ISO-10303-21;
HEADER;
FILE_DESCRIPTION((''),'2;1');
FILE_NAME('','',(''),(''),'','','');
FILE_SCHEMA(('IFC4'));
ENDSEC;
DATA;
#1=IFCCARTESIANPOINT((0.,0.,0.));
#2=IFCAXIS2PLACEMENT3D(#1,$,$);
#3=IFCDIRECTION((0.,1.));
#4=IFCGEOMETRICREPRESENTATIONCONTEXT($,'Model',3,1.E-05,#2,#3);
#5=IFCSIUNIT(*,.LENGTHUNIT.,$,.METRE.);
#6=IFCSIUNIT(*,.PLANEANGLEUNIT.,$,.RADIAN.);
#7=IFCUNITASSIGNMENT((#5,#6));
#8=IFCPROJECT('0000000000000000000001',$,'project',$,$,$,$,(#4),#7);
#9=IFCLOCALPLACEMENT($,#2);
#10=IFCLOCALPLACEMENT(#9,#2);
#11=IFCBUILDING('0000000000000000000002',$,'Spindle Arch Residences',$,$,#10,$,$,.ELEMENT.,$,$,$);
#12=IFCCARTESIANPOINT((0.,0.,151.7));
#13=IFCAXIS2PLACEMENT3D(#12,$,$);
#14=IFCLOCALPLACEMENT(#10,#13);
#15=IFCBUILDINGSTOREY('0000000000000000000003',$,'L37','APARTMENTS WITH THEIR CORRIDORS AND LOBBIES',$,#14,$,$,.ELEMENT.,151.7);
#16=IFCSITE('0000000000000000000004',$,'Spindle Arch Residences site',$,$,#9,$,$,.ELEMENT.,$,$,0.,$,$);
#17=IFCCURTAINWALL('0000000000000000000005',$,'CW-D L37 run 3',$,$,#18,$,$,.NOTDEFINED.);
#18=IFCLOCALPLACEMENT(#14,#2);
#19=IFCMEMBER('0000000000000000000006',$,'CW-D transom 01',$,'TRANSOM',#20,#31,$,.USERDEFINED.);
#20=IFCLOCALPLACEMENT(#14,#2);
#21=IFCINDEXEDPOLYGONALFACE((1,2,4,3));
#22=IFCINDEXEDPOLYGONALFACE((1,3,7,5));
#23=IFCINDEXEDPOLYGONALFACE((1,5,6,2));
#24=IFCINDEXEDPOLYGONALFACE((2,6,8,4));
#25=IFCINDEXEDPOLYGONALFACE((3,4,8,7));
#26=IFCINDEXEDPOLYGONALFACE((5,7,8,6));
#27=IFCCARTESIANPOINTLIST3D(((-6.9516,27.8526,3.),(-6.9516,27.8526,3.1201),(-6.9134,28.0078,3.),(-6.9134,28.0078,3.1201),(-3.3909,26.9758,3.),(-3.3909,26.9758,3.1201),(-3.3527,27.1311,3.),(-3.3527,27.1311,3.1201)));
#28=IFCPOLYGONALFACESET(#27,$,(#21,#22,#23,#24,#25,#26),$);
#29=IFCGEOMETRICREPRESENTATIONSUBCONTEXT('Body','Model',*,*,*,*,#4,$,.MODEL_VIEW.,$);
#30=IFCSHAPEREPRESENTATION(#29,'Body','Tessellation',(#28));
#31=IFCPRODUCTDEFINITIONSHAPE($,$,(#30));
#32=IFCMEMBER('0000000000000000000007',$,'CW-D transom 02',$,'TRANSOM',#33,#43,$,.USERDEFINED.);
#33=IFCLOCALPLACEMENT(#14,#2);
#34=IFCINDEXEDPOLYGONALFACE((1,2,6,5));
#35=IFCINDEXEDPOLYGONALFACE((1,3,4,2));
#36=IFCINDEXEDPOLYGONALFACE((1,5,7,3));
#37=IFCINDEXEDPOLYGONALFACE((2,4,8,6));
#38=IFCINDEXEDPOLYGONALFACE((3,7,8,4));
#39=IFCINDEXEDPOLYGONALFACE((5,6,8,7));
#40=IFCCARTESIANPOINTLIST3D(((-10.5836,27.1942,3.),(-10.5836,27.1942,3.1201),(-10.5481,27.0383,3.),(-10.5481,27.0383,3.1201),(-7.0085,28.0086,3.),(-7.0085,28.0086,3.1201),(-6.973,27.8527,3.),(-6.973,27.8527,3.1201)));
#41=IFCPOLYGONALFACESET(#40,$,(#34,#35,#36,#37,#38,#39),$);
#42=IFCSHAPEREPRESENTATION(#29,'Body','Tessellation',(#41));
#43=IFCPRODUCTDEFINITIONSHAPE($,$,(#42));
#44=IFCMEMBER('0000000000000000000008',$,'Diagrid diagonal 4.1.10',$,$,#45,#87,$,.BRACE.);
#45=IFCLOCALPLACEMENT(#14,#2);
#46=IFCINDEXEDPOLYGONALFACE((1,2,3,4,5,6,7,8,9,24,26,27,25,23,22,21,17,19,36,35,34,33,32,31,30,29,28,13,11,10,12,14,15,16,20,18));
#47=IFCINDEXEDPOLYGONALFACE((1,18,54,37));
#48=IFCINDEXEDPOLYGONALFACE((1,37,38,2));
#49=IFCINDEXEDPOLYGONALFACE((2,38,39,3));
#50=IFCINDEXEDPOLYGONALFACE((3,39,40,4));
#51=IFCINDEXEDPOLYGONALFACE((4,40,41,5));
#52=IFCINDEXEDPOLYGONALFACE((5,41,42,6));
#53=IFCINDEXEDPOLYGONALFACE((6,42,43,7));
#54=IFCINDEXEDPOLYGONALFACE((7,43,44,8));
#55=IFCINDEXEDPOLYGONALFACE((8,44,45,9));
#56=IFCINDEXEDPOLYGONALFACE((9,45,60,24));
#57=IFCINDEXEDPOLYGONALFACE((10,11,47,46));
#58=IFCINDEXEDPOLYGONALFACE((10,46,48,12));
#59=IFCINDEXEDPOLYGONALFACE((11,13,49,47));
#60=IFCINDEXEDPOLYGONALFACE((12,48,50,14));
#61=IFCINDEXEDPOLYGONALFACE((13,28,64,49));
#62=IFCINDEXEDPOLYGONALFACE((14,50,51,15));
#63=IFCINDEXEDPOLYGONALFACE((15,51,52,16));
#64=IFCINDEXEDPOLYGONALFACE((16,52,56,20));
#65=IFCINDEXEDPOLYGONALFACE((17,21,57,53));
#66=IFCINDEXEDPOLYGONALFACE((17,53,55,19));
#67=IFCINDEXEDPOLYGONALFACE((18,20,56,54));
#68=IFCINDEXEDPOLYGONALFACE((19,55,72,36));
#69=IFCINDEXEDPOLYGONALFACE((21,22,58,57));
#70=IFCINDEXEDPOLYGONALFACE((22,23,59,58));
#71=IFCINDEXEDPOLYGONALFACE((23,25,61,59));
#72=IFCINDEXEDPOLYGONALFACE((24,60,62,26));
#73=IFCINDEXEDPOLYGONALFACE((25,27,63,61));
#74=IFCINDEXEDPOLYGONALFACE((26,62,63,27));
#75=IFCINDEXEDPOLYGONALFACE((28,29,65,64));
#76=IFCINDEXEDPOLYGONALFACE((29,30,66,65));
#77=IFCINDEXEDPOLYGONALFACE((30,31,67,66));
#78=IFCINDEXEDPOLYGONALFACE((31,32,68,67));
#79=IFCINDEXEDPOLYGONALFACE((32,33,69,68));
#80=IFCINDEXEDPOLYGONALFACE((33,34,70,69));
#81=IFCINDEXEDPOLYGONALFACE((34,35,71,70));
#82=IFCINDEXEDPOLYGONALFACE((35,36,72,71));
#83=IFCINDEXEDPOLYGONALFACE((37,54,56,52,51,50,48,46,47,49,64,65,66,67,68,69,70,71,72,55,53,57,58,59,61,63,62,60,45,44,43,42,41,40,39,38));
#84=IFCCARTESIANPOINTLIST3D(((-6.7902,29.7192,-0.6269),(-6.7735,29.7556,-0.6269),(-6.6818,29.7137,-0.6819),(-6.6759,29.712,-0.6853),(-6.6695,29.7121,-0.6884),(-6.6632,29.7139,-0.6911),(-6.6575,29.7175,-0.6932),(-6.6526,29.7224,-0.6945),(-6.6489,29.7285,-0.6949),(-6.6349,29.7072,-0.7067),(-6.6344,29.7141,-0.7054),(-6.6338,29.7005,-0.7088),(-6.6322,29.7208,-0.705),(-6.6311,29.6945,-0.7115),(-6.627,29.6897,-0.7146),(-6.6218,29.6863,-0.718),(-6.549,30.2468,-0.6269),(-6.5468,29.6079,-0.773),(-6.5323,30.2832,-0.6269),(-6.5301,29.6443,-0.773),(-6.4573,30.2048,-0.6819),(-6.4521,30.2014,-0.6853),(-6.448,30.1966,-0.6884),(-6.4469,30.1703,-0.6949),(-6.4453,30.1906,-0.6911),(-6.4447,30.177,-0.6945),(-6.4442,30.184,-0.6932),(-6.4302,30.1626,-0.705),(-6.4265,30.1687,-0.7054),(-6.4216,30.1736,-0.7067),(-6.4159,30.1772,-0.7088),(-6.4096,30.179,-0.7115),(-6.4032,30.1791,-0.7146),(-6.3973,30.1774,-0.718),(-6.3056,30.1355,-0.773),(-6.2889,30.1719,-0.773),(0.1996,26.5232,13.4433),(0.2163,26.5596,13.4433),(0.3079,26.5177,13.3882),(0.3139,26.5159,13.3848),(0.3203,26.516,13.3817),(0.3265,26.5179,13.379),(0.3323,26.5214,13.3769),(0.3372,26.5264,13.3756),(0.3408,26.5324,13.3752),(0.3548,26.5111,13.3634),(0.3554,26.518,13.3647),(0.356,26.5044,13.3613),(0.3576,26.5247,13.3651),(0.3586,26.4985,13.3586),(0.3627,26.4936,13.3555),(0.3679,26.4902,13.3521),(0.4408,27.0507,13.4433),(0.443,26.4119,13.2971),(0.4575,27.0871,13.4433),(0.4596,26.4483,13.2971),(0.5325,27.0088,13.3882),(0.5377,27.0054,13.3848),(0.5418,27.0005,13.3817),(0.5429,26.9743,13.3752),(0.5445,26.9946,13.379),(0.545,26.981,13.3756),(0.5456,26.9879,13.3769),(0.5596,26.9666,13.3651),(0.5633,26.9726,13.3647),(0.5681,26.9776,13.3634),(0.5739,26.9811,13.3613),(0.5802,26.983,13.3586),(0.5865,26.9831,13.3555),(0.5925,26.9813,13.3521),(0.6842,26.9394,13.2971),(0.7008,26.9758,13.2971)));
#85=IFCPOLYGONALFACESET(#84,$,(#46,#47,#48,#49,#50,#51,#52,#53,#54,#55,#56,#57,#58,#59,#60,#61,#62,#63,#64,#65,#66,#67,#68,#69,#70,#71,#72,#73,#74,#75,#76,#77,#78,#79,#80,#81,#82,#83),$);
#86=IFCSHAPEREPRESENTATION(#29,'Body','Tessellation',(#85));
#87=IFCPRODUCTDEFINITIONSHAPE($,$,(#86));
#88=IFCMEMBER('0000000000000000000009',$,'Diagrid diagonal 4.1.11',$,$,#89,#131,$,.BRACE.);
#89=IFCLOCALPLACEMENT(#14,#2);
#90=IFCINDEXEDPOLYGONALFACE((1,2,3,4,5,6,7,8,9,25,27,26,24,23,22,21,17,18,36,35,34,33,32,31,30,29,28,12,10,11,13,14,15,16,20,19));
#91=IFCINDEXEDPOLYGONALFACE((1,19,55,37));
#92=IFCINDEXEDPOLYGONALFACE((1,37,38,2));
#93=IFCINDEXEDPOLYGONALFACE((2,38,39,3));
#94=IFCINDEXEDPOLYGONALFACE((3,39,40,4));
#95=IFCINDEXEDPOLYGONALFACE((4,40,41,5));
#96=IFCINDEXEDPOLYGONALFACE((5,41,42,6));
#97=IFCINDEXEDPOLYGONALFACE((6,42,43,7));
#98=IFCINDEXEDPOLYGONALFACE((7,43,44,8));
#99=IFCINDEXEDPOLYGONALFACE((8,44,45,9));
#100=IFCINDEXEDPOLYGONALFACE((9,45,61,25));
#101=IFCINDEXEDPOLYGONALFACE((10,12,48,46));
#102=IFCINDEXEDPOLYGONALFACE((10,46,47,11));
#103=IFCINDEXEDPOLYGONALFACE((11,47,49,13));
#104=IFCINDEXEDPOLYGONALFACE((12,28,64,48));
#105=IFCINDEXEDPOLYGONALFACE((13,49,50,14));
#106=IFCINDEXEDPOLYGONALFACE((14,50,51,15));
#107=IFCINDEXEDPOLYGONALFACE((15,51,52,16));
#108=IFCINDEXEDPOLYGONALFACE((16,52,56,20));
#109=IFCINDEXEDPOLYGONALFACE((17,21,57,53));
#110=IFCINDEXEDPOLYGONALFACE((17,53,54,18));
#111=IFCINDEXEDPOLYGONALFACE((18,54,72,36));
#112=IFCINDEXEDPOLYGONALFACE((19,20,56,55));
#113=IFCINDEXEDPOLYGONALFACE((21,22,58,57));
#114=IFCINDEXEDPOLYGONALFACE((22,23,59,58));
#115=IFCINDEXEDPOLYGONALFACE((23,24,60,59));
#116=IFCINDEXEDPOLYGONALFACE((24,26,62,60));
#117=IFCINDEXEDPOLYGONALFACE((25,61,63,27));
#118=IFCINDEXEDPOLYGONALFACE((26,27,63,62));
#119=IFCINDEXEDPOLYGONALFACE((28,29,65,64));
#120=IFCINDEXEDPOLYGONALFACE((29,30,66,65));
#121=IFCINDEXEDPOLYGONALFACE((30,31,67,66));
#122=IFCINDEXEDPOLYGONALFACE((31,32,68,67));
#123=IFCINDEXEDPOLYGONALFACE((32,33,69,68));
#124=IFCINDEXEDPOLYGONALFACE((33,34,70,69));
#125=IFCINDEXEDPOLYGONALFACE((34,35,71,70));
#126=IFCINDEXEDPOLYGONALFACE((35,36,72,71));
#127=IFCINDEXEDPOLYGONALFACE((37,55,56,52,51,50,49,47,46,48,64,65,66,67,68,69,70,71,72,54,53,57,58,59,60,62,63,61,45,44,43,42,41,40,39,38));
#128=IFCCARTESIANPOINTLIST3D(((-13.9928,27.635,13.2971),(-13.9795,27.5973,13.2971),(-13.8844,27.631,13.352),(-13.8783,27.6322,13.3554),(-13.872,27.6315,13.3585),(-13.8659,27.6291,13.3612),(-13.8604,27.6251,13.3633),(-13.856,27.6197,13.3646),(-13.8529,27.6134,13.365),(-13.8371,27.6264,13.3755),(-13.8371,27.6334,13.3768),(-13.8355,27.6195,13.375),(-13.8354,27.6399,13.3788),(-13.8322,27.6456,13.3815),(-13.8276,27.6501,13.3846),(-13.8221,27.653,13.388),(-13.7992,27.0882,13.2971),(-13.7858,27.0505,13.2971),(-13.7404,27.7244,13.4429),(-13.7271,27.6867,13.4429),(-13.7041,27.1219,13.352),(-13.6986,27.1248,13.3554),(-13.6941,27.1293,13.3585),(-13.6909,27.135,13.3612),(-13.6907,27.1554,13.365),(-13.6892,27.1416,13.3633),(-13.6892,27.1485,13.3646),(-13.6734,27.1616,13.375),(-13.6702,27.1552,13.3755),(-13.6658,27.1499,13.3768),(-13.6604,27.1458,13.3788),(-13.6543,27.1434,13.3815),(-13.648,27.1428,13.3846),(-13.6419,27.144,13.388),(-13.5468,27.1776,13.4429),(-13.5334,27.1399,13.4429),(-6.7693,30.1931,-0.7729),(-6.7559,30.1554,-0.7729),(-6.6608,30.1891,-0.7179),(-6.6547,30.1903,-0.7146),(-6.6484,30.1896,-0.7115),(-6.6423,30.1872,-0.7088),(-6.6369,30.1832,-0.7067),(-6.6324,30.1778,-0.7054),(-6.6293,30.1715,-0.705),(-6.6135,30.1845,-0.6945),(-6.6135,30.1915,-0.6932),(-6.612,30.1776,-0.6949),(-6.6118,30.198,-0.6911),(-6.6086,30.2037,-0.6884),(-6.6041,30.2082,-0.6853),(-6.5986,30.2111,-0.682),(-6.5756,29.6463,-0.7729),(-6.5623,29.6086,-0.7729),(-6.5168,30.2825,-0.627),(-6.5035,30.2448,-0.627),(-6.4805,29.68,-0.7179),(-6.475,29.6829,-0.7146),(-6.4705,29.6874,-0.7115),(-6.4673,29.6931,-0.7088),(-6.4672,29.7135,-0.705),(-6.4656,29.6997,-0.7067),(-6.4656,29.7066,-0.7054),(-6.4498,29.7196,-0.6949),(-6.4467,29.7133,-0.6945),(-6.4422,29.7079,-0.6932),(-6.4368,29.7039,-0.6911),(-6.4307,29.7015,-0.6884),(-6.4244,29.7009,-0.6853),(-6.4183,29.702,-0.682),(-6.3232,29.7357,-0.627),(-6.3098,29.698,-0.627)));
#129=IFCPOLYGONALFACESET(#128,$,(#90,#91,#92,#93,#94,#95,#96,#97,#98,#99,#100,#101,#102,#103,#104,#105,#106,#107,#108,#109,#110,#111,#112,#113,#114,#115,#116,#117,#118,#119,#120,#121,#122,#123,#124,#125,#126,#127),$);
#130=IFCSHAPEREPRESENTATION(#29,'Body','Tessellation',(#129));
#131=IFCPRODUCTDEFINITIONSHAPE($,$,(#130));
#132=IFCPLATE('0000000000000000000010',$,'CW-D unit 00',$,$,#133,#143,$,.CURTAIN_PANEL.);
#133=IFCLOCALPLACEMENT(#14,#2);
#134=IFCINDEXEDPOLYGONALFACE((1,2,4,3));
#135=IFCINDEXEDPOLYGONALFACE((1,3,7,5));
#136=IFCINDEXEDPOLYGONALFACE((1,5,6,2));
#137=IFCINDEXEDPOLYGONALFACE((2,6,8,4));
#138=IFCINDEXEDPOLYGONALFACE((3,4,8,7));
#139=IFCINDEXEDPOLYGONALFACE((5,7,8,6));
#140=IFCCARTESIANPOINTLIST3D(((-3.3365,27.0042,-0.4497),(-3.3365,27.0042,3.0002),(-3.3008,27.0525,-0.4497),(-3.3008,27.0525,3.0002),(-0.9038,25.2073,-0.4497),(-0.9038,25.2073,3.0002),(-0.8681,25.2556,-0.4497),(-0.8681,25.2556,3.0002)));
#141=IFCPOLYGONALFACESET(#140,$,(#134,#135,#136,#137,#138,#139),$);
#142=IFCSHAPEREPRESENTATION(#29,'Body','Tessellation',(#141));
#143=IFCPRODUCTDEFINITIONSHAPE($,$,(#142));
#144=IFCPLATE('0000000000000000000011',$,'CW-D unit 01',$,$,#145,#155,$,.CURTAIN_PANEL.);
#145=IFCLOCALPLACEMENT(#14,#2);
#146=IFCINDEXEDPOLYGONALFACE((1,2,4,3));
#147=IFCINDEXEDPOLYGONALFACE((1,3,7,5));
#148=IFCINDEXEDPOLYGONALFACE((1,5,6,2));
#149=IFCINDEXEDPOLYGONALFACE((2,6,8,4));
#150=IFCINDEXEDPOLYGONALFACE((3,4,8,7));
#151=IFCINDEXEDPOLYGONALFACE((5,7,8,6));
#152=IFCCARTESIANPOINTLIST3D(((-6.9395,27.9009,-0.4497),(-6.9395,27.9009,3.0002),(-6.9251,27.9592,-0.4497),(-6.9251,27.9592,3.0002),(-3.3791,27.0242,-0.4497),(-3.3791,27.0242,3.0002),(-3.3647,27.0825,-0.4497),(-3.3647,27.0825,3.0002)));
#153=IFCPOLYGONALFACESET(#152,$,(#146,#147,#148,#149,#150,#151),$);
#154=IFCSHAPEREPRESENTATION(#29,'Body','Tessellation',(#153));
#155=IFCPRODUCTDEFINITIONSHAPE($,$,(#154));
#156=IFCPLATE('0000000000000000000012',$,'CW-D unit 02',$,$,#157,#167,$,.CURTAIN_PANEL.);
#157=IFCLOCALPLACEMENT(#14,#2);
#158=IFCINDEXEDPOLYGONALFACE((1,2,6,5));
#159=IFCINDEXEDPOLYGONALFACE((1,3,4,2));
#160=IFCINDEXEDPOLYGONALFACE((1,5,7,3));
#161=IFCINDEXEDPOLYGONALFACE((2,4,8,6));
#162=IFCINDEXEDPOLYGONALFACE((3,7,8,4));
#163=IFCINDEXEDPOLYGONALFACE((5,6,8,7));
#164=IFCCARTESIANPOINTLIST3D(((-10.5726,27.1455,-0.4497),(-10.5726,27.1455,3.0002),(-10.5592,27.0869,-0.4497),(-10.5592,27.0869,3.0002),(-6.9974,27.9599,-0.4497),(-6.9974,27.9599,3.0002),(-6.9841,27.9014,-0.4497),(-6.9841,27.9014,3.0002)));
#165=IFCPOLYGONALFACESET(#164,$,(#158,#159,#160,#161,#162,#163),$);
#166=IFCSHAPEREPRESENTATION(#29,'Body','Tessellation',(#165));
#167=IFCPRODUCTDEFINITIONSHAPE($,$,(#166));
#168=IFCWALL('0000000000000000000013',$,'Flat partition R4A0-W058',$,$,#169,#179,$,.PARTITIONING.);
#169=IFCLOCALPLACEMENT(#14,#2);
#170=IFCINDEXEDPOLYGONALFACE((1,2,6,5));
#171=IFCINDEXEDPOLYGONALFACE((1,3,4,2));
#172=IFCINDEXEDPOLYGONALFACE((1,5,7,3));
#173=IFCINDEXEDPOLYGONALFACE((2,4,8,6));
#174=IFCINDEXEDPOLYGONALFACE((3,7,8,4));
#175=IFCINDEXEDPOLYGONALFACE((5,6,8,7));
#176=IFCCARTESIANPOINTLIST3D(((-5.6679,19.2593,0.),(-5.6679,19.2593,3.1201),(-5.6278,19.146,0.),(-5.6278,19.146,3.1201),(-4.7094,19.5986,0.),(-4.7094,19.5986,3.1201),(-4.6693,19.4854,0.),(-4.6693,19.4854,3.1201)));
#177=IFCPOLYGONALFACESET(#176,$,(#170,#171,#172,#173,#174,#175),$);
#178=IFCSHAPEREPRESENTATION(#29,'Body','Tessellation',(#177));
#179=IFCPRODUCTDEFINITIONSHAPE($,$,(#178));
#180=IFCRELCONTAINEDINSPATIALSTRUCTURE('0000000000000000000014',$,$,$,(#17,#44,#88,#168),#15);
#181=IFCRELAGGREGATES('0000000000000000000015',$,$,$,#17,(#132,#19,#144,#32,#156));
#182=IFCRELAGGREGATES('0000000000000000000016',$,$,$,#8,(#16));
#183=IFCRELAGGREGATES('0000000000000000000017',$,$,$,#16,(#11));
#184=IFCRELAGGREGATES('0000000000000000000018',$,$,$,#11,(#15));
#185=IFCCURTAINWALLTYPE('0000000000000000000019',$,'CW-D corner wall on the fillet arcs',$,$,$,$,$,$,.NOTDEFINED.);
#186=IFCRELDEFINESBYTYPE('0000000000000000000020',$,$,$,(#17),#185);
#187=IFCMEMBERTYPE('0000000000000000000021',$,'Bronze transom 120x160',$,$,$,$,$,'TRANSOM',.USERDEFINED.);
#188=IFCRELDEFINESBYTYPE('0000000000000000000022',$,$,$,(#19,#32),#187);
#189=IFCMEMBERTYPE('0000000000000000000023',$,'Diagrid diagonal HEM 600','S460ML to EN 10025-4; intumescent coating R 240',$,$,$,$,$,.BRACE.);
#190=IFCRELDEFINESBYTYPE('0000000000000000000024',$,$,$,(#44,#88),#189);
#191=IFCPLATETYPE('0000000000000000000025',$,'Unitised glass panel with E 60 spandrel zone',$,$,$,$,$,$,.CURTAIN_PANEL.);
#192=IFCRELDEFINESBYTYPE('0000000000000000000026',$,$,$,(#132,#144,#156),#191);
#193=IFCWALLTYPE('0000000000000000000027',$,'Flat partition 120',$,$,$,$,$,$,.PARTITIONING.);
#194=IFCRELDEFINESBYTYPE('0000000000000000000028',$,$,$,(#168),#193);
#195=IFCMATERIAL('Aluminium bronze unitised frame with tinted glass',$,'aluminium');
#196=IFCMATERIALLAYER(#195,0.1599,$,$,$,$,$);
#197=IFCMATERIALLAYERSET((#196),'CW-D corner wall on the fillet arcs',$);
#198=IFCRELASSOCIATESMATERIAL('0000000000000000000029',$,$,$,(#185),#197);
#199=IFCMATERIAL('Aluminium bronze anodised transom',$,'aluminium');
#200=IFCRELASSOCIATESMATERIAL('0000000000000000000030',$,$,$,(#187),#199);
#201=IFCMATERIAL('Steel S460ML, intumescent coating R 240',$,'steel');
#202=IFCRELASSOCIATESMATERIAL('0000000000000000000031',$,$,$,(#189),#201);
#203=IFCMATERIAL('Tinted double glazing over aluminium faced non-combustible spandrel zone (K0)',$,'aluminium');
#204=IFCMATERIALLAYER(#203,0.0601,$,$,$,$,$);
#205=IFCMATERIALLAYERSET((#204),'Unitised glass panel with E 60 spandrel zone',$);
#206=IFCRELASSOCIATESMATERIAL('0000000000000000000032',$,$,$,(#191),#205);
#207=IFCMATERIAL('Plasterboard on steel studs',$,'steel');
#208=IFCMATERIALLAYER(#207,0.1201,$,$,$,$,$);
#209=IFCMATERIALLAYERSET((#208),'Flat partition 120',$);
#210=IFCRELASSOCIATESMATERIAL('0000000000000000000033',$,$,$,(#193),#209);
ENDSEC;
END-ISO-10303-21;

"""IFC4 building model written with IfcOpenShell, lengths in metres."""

from ifc_helpers import new_model, si_unit, direction, frame, frame_2d, origin, origin_2d, place, context, subcontext, project, spatial, rectangle, i_section, extrude, material, layer, layer_set, material_profile, profile_set, type_object, element, aggregate, save


model = new_model("IFC4")

# Units and contexts
model_context = context("Model", 3, precision=1e-05, world=origin(), true_north=direction((0.0, 1.0)))
body_context = subcontext(model_context, "Body", "Model", "MODEL_VIEW")
ifc_project = project(units=[si_unit("LENGTHUNIT", "METRE"), si_unit("PLANEANGLEUNIT", "RADIAN")], contexts=[model_context])

# Site, building, storey
site_placement = place(None, origin())
site = spatial("IfcSite", under=ifc_project, at=site_placement, Name="Spindle Arch Residences site", CompositionType="ELEMENT", RefElevation=0.0)
building_placement = place(site_placement, origin())
building = spatial("IfcBuilding", under=site, at=building_placement, Name="Spindle Arch Residences", CompositionType="ELEMENT")
storey_placement = place(building_placement, frame((0.0, 0.0, 151.7)))
storey = spatial("IfcBuildingStorey", under=building, at=storey_placement, Name="L37", Description="APARTMENTS WITH THEIR CORRIDORS AND LOBBIES", CompositionType="ELEMENT", Elevation=151.7)

# Curtain wall, members
ifc_material_1 = material(Name="Aluminium bronze unitised frame with tinted glass", Category="aluminium")
ifc_layer_1 = layer(ifc_material_1, 0.1599)
ifc_layer_set_1 = layer_set([ifc_layer_1], Name="CW-D corner wall on the fillet arcs")
curtain_wall_type = type_object("IfcCurtainWallType", Name="CW-D corner wall on the fillet arcs", PredefinedType="NOTDEFINED", material=ifc_layer_set_1)
curtain_wall_placement = place(storey_placement, origin())
curtain_wall = element("IfcCurtainWall", 1, at=curtain_wall_placement, inside=storey, type_object=curtain_wall_type, Name="CW-D L37 run 3", PredefinedType="NOTDEFINED")
ifc_material_2 = material(Name="Aluminium bronze anodised transom", Category="aluminium")
ifc_material_profile_1 = material_profile(ifc_material_2, rectangle(XDim=0.1599, YDim=0.1201, at=origin_2d()), Name="TR 120x160")
ifc_profile_set_1 = profile_set([ifc_material_profile_1], Name="Aluminium bronze anodised transom")
member_type_1 = type_object("IfcMemberType", Name="Bronze transom 120x160", ElementType="TRANSOM", PredefinedType="USERDEFINED", material=ifc_profile_set_1)
member_1_placement = place(storey_placement, frame((-3.3718, 27.0535, 3.0601), z_axis=(-0.970998, 0.239088, 0.0), x_axis=(-0.239088, -0.970998, 0.0)))
member_1 = element("IfcMember", 2, at=member_1_placement, type_object=member_type_1, Name="CW-D transom 01", ObjectType="TRANSOM", PredefinedType="USERDEFINED", context=body_context, shape_type="SweptSolid", body=[
    extrude(rectangle(XDim=0.1599, YDim=0.1201, at=origin_2d()), origin(), (0.0, 0.0, 1.0), 3.667),
])
member_2_placement = place(storey_placement, frame((-6.9907, 27.9307, 3.0601), z_axis=(-0.97502, -0.222116, 0.0), x_axis=(0.222116, -0.97502, 0.0)))
member_2 = element("IfcMember", 3, at=member_2_placement, type_object=member_type_1, Name="CW-D transom 02", ObjectType="TRANSOM", PredefinedType="USERDEFINED", context=body_context, shape_type="SweptSolid", body=[
    extrude(rectangle(XDim=0.1599, YDim=0.1201, at=origin_2d()), origin(), (0.0, 0.0, 1.0), 3.6667),
])

# Members
ifc_material_3 = material(Name="Steel S460ML, intumescent coating R 240", Category="steel")
ifc_material_profile_2 = material_profile(ifc_material_3, i_section(OverallWidth=0.3049, OverallDepth=0.6201, WebThickness=0.021, FlangeThickness=0.04, FilletRadius=0.0271, at=origin_2d()), Name="HEM 600")
ifc_profile_set_2 = profile_set([ifc_material_profile_2], Name="Steel S460ML, intumescent coating R 240")
member_type_2 = type_object("IfcMemberType", Name="Diagrid diagonal HEM 600", Description="S460ML to EN 10025-4; intumescent coating R 240", PredefinedType="BRACE", material=ifc_profile_set_2)
member_3_placement = place(storey_placement, frame((-6.5396, 29.9456, -0.7), z_axis=(0.435976, -0.199349, 0.877602), x_axis=(-0.798125, 0.364941, 0.47939)))
element("IfcMember", 4, at=member_3_placement, inside=storey, type_object=member_type_2, Name="Diagrid diagonal 4.1.10", PredefinedType="BRACE", context=body_context, shape_type="SweptSolid", body=[
    extrude(i_section(OverallWidth=0.3049, OverallDepth=0.6201, WebThickness=0.021, FlangeThickness=0.04, FilletRadius=0.0271, at=origin_2d()), origin(), (0.0, 0.0, 1.0), 16.0325),
])
member_4_placement = place(storey_placement, frame((-6.5396, 29.9456, -0.7), z_axis=(-0.450868, -0.159666, 0.878194), x_axis=(0.827819, 0.293156, 0.478305)))
element("IfcMember", 5, at=member_4_placement, inside=storey, type_object=member_type_2, Name="Diagrid diagonal 4.1.11", PredefinedType="BRACE", context=body_context, shape_type="SweptSolid", body=[
    extrude(i_section(OverallWidth=0.3049, OverallDepth=0.6201, WebThickness=0.021, FlangeThickness=0.04, FilletRadius=0.0271, at=origin_2d()), origin(), (0.0, 0.0, 1.0), 16.0215),
])

# Plates
ifc_material_4 = material(Name="Tinted double glazing over aluminium faced non-combustible spandrel zone (K0)", Category="aluminium")
ifc_layer_2 = layer(ifc_material_4, 0.0601)
ifc_layer_set_2 = layer_set([ifc_layer_2], Name="Unitised glass panel with E 60 spandrel zone")
plate_type = type_object("IfcPlateType", Name="Unitised glass panel with E 60 spandrel zone", PredefinedType="CURTAIN_PANEL", material=ifc_layer_set_2)
plate_1_placement = place(storey_placement, frame((-2.1023, 26.1299, -0.4497), z_axis=(0.0, 0.0, 1.0), x_axis=(-0.804366, 0.594134, 0.0)))
plate_1 = element("IfcPlate", 6, at=plate_1_placement, type_object=plate_type, Name="CW-D unit 00", PredefinedType="CURTAIN_PANEL", context=body_context, shape_type="SweptSolid", body=[
    extrude(rectangle(XDim=3.0244, YDim=0.0601, at=origin_2d()), origin(), (0.0, 0.0, 1.0), 3.45),
])
plate_2_placement = place(storey_placement, frame((-5.1521, 27.4917, -0.4497), z_axis=(0.0, 0.0, 1.0), x_axis=(-0.970995, 0.239098, 0.0)))
plate_2 = element("IfcPlate", 7, at=plate_2_placement, type_object=plate_type, Name="CW-D unit 01", PredefinedType="CURTAIN_PANEL", context=body_context, shape_type="SweptSolid", body=[
    extrude(rectangle(XDim=3.6667, YDim=0.0601, at=origin_2d()), origin(), (0.0, 0.0, 1.0), 3.45),
])
plate_3_placement = place(storey_placement, frame((-8.7783, 27.5234, -0.4497), z_axis=(0.0, 0.0, 1.0), x_axis=(-0.97502, -0.222116, 0.0)))
plate_3 = element("IfcPlate", 8, at=plate_3_placement, type_object=plate_type, Name="CW-D unit 02", PredefinedType="CURTAIN_PANEL", context=body_context, shape_type="SweptSolid", body=[
    extrude(rectangle(XDim=3.6667, YDim=0.0601, at=origin_2d()), origin(), (0.0, 0.0, 1.0), 3.45),
])
aggregate(curtain_wall, [plate_1, member_1, plate_2, member_2, plate_3])

# Wall
ifc_material_5 = material(Name="Plasterboard on steel studs", Category="steel")
ifc_layer_3 = layer(ifc_material_5, 0.1201)
ifc_layer_set_3 = layer_set([ifc_layer_3], Name="Flat partition 120")
wall_type_1 = type_object("IfcWallType", Name="Flat partition 120", PredefinedType="PARTITIONING", material=ifc_layer_set_3)
wall_1_placement = place(storey_placement, frame((-4.6895, 19.542, 0.0), z_axis=(0.0, 0.0, 1.0), x_axis=(-0.942662, -0.333749, 0.0)))
element("IfcWall", 9, at=wall_1_placement, inside=storey, type_object=wall_type_1, Name="Flat partition R4A0-W058", PredefinedType="PARTITIONING", context=body_context, shape_type="SweptSolid", body=[
    extrude(rectangle(XDim=1.0168, YDim=0.1201, at=frame_2d((0.5083, 0.0))), origin(), (0.0, 0.0, 1.0), 3.1201),
])

save(model, "model.ifc")
